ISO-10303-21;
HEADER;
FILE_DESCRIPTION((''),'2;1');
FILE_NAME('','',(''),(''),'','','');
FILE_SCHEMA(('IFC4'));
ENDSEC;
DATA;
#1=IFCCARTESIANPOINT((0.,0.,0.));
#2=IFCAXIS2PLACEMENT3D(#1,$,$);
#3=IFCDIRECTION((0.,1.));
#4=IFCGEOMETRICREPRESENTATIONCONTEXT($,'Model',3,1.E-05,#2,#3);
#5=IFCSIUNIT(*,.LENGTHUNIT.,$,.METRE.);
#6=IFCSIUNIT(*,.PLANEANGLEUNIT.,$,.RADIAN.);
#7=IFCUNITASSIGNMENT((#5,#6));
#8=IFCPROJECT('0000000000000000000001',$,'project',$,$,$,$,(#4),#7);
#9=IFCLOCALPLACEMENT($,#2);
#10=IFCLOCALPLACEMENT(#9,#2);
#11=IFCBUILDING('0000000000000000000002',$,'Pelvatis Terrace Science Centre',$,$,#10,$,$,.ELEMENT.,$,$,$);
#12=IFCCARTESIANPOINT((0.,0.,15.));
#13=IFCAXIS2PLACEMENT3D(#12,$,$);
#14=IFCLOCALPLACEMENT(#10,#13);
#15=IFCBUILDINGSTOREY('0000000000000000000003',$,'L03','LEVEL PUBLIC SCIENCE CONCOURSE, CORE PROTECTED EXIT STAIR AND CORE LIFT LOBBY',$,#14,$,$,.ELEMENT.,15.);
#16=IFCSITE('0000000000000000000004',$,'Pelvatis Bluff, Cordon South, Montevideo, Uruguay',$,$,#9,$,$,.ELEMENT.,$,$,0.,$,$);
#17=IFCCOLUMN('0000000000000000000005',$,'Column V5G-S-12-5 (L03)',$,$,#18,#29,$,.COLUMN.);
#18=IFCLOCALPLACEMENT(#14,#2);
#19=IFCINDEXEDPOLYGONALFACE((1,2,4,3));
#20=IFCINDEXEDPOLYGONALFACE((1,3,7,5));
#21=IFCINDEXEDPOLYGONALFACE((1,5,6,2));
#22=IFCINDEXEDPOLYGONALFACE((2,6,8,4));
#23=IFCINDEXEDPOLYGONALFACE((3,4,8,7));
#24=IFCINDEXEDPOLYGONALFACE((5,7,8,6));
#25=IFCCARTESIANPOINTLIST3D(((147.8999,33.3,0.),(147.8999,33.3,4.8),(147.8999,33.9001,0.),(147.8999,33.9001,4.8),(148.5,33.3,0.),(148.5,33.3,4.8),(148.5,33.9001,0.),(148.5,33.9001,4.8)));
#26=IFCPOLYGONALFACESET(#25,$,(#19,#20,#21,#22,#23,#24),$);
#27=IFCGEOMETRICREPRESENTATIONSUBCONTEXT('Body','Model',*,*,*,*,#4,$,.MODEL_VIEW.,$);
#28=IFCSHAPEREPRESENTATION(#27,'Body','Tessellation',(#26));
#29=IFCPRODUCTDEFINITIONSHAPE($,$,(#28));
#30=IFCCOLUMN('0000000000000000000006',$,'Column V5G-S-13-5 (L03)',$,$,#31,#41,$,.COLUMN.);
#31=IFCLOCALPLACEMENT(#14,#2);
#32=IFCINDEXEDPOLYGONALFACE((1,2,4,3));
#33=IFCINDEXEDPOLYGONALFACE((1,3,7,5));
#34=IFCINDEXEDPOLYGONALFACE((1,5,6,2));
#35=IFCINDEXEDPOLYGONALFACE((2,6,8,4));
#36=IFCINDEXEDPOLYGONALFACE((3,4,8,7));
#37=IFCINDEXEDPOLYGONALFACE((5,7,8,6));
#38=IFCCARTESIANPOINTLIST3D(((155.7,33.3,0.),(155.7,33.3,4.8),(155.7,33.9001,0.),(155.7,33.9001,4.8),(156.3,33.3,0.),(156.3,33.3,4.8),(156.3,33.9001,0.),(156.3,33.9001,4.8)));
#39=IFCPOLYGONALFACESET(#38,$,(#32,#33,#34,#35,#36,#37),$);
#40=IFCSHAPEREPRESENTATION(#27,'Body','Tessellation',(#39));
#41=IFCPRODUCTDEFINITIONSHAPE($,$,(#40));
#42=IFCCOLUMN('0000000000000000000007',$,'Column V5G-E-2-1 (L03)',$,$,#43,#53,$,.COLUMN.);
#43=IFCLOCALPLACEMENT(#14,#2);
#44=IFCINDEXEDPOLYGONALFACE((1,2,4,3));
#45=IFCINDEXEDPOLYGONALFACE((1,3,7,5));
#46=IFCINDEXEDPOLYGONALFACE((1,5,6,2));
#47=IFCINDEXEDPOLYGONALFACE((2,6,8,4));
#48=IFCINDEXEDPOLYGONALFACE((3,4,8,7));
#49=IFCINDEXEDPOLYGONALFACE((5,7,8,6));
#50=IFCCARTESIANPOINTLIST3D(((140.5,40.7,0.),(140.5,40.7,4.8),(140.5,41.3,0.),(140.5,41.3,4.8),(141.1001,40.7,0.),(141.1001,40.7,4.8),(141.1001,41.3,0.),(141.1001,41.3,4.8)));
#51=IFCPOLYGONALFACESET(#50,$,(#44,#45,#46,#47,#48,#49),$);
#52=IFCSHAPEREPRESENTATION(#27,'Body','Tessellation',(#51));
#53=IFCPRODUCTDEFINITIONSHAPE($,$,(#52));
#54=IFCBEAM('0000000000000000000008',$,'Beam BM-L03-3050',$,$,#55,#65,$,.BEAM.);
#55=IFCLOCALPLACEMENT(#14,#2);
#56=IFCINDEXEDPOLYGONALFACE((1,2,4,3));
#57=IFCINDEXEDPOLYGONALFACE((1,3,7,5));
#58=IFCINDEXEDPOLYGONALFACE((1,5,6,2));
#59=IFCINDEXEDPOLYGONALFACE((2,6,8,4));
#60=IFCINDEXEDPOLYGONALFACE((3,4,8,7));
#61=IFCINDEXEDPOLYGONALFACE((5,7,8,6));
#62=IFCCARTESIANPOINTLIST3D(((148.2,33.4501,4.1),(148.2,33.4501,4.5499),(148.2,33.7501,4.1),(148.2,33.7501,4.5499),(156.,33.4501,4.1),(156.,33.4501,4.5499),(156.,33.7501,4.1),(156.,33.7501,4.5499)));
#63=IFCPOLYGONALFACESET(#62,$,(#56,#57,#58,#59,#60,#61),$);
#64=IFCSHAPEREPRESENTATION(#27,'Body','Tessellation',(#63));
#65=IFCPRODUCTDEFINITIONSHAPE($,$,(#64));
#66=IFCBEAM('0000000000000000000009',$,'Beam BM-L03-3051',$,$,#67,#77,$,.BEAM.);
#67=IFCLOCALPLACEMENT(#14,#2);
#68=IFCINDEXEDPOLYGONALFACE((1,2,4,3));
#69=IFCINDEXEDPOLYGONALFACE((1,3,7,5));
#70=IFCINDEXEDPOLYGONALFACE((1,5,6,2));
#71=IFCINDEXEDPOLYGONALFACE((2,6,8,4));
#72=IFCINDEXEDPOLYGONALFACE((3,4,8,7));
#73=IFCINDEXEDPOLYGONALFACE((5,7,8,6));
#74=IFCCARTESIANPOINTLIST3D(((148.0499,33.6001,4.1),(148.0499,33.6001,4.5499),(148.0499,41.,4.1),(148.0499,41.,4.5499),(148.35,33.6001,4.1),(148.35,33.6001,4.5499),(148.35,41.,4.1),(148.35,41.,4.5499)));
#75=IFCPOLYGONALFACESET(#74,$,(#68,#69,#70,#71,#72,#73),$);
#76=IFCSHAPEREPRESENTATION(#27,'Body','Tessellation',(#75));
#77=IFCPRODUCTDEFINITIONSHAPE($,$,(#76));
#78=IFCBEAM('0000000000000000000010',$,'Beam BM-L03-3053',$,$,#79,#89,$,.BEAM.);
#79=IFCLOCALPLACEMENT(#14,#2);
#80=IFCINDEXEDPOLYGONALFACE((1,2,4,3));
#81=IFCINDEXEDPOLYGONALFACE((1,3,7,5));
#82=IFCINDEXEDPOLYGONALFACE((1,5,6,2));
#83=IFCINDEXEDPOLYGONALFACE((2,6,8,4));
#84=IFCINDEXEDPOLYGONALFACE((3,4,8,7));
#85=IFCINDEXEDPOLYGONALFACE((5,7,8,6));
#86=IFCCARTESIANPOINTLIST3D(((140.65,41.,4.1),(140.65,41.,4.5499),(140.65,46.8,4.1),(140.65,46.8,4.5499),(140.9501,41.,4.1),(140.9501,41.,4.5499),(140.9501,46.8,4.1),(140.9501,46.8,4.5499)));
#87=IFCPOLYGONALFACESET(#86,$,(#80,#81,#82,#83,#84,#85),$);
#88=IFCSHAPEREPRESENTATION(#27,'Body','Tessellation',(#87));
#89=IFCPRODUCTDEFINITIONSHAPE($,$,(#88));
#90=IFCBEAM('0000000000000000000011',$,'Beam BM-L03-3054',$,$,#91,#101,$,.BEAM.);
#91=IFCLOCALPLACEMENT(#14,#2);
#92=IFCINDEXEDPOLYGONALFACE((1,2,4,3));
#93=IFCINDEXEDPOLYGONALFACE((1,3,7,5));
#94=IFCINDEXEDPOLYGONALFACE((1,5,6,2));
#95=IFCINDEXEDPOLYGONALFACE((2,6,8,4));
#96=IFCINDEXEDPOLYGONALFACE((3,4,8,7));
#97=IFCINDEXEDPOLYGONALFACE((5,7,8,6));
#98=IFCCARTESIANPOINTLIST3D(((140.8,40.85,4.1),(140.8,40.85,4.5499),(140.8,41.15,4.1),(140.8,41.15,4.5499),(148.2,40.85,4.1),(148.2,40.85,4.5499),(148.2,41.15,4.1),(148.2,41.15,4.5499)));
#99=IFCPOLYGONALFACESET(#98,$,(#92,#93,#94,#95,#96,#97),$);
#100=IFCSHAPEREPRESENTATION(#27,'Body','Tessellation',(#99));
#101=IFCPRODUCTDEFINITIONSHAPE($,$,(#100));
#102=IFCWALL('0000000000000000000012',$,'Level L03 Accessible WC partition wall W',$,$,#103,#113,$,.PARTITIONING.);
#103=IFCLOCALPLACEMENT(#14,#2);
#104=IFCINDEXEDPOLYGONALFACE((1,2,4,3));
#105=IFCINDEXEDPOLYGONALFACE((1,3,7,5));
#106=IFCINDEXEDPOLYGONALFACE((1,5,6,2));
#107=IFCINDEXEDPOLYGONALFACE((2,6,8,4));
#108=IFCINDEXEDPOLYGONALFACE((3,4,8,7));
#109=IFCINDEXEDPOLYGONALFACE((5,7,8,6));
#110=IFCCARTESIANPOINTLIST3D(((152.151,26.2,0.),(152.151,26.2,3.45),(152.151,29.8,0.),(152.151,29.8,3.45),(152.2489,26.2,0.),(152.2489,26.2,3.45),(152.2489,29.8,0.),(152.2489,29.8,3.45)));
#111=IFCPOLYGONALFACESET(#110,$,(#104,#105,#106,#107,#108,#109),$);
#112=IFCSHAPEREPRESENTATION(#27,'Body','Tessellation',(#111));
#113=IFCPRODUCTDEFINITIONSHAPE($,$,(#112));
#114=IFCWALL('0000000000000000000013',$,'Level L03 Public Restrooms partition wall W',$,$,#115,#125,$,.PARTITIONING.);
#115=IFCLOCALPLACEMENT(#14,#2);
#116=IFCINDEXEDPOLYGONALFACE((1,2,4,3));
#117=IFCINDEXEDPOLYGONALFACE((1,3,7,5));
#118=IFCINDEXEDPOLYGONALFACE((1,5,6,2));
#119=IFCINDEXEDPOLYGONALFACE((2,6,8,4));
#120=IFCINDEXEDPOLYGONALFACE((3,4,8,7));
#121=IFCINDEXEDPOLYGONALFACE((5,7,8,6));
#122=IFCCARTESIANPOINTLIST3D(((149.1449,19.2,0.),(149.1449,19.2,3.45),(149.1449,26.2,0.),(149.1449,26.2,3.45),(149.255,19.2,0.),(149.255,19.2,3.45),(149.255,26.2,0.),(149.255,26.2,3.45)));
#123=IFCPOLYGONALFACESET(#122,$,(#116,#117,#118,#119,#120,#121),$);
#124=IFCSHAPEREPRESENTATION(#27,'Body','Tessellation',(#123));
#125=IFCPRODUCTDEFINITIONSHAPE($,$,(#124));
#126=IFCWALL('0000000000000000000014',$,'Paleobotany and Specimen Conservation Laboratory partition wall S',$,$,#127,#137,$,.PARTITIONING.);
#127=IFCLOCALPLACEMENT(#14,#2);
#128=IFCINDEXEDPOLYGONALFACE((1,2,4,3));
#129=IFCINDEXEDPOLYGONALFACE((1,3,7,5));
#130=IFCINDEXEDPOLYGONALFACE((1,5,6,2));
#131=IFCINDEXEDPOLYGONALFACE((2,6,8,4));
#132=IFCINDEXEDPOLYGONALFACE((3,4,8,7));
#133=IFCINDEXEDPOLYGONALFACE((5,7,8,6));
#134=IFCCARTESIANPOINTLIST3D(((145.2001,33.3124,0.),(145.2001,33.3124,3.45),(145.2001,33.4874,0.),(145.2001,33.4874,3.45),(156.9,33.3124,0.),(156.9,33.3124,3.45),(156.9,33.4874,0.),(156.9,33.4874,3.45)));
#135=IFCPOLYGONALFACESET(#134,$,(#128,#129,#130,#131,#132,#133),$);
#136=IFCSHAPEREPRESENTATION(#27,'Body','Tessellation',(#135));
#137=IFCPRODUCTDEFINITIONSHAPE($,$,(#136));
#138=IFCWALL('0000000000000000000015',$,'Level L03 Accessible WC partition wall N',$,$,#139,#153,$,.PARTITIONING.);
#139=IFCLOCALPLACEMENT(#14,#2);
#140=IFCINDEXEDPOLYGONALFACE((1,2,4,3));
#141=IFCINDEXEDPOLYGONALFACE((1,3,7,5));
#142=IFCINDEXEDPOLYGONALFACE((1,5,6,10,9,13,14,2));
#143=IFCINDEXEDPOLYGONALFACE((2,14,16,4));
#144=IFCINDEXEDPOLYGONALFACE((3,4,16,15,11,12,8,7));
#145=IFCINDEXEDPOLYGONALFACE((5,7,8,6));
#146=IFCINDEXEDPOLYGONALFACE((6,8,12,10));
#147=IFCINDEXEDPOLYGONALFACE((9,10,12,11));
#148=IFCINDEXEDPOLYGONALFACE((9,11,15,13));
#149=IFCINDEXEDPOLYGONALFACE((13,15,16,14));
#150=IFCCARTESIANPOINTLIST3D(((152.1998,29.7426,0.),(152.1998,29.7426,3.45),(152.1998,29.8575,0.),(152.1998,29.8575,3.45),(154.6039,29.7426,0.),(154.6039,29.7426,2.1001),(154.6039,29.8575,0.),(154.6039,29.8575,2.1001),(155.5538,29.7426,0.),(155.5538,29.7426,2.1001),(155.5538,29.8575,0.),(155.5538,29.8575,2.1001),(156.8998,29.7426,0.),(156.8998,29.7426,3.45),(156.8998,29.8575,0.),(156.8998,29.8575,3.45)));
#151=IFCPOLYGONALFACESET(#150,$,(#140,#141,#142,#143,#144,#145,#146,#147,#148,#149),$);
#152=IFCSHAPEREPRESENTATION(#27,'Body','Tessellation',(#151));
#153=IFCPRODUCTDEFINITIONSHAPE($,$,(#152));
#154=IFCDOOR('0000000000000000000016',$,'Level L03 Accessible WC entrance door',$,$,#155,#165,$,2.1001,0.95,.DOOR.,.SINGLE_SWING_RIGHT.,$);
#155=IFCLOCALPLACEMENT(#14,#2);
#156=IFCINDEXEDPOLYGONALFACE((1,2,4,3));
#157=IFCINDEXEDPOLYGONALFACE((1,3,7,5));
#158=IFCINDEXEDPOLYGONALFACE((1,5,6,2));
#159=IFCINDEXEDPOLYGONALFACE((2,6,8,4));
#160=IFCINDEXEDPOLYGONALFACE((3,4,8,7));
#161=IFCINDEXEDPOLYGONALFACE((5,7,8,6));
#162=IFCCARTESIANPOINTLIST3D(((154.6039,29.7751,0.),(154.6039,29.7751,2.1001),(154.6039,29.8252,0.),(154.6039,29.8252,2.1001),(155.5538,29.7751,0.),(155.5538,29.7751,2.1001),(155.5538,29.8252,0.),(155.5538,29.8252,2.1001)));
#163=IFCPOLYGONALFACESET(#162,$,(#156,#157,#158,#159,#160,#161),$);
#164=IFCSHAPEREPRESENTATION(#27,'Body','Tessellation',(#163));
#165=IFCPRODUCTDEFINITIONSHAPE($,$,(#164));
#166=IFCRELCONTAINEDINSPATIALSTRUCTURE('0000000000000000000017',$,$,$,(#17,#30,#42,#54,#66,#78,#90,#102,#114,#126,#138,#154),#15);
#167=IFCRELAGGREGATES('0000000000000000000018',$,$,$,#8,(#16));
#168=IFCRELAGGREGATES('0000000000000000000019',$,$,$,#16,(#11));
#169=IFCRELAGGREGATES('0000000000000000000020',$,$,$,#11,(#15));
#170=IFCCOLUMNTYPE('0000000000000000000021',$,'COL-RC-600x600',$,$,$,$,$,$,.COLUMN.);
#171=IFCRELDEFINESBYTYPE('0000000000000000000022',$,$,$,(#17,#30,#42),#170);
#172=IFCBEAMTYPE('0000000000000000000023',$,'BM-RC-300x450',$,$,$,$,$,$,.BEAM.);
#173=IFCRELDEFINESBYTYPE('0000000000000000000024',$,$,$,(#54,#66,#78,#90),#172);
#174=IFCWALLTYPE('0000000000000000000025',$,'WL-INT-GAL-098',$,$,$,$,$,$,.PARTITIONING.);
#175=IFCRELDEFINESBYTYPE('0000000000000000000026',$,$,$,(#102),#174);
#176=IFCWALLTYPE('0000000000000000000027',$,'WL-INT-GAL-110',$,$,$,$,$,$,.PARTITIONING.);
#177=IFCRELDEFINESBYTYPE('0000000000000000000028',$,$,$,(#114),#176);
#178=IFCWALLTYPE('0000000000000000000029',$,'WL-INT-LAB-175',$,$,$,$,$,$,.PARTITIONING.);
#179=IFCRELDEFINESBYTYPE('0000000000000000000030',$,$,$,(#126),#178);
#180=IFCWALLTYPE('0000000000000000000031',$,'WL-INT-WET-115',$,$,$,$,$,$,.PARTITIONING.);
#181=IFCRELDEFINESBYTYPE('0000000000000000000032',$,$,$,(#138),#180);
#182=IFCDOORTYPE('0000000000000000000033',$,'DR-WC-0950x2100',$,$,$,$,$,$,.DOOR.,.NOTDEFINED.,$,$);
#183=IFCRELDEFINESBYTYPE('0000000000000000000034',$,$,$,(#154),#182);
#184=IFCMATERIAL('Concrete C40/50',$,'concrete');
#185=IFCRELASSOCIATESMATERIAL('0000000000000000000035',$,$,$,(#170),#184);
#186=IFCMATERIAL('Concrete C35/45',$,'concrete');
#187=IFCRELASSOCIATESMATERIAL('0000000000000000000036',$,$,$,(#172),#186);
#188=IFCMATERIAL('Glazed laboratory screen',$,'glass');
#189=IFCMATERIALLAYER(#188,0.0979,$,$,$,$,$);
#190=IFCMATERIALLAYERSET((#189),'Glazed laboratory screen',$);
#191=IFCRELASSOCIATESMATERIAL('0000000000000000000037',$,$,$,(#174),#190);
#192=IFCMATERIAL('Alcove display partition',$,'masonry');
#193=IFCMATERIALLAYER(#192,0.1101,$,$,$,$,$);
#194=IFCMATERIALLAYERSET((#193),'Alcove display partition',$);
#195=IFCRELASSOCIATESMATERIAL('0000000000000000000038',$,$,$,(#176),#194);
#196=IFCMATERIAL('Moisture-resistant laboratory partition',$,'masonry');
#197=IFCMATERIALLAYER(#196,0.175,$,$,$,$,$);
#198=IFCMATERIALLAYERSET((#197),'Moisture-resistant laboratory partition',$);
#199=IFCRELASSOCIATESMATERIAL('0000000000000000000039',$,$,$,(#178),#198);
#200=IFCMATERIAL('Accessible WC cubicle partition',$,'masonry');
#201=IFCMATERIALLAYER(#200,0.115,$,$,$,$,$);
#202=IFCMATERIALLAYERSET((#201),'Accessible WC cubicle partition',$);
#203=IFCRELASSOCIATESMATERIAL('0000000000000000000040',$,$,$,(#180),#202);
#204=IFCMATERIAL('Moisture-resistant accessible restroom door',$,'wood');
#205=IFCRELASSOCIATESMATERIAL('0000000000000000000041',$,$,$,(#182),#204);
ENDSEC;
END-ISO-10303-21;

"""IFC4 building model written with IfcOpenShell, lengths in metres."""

from ifc_helpers import new_model, si_unit, direction, frame, frame_2d, origin, origin_2d, place, context, subcontext, project, spatial, rectangle, extrude, material, layer, layer_set, material_profile, profile_set, type_object, element, fill, save


model = new_model("IFC4")

# Units and contexts
model_context = context("Model", 3, precision=1e-05, world=origin(), true_north=direction((0.0, 1.0)))
body_context = subcontext(model_context, "Body", "Model", "MODEL_VIEW")
ifc_project = project(units=[si_unit("LENGTHUNIT", "METRE"), si_unit("PLANEANGLEUNIT", "RADIAN")], contexts=[model_context])

# Site, building, storey
site_placement = place(None, origin())
site = spatial("IfcSite", under=ifc_project, at=site_placement, Name="Pelvatis Bluff, Cordon South, Montevideo, Uruguay", CompositionType="ELEMENT", RefElevation=0.0)
building_placement = place(site_placement, origin())
building = spatial("IfcBuilding", under=site, at=building_placement, Name="Pelvatis Terrace Science Centre", CompositionType="ELEMENT")
storey_placement = place(building_placement, frame((0.0, 0.0, 15.0)))
storey = spatial("IfcBuildingStorey", under=building, at=storey_placement, Name="L03", Description="LEVEL PUBLIC SCIENCE CONCOURSE, CORE PROTECTED EXIT STAIR AND CORE LIFT LOBBY", CompositionType="ELEMENT", Elevation=15.0)

# Columns
ifc_material_1 = material(Name="Concrete C40/50", Category="concrete")
ifc_material_profile_1 = material_profile(ifc_material_1, rectangle(XDim=0.6001, YDim=0.6001, at=origin_2d()), Name="RC-COL 600x600")
ifc_profile_set_1 = profile_set([ifc_material_profile_1], Name="Concrete C40/50")
column_type = type_object("IfcColumnType", Name="COL-RC-600x600", PredefinedType="COLUMN", material=ifc_profile_set_1)
for number, where, z_axis, x_axis, name in (
    (1, (148.2, 33.6001, 0.0), (0.0, 0.0, 1.0), (1.0, 0.0, 0.0), "Column V5G-S-12-5 (L03)"),
    (2, (156.0, 33.6001, 0.0), (0.0, 0.0, 1.0), (1.0, 0.0, 0.0), "Column V5G-S-13-5 (L03)"),
    (3, (140.8, 41.0, 0.0), (0.0, 0.0, 1.0), (1.0, 0.0, 0.0), "Column V5G-E-2-1 (L03)"),
):
    element("IfcColumn", number, at=place(storey_placement, frame(where, z_axis=z_axis, x_axis=x_axis)), inside=storey, type_object=column_type, Name=name, PredefinedType="COLUMN", context=body_context, shape_type="SweptSolid", body=[
        extrude(rectangle(XDim=0.6001, YDim=0.6001, at=origin_2d()), origin(), (0.0, 0.0, 1.0), 4.8),
    ])

# Beams
ifc_material_2 = material(Name="Concrete C35/45", Category="concrete")
ifc_material_profile_2 = material_profile(ifc_material_2, rectangle(XDim=0.3, YDim=0.45, at=origin_2d()), Name="RC-BM 300x450")
ifc_profile_set_2 = profile_set([ifc_material_profile_2], Name="Concrete C35/45")
beam_type = type_object("IfcBeamType", Name="BM-RC-300x450", PredefinedType="BEAM", material=ifc_profile_set_2)
beam_1_placement = place(storey_placement, frame((148.2, 33.6001, 4.325), z_axis=(1.0, 0.0, 0.0), x_axis=(0.0, 1.0, 0.0)))
element("IfcBeam", 4, at=beam_1_placement, inside=storey, type_object=beam_type, Name="Beam BM-L03-3050", PredefinedType="BEAM", context=body_context, shape_type="SweptSolid", body=[
    extrude(rectangle(XDim=0.3, YDim=0.45, at=origin_2d()), origin(), (0.0, 0.0, 1.0), 7.8),
])
beam_2_placement = place(storey_placement, frame((148.2, 33.6001, 4.325), z_axis=(0.0, 1.0, 0.0), x_axis=(-1.0, 0.0, 0.0)))
element("IfcBeam", 5, at=beam_2_placement, inside=storey, type_object=beam_type, Name="Beam BM-L03-3051", PredefinedType="BEAM", context=body_context, shape_type="SweptSolid", body=[
    extrude(rectangle(XDim=0.3, YDim=0.45, at=origin_2d()), origin(), (0.0, 0.0, 1.0), 7.3999),
])
beam_3_placement = place(storey_placement, frame((140.8, 41.0, 4.325), z_axis=(0.0, 1.0, 0.0), x_axis=(-1.0, 0.0, 0.0)))
element("IfcBeam", 6, at=beam_3_placement, inside=storey, type_object=beam_type, Name="Beam BM-L03-3053", PredefinedType="BEAM", context=body_context, shape_type="SweptSolid", body=[
    extrude(rectangle(XDim=0.3, YDim=0.45, at=origin_2d()), origin(), (0.0, 0.0, 1.0), 5.8),
])
beam_4_placement = place(storey_placement, frame((140.8, 41.0, 4.325), z_axis=(1.0, 0.0, 0.0), x_axis=(0.0, 1.0, 0.0)))
element("IfcBeam", 7, at=beam_4_placement, inside=storey, type_object=beam_type, Name="Beam BM-L03-3054", PredefinedType="BEAM", context=body_context, shape_type="SweptSolid", body=[
    extrude(rectangle(XDim=0.3, YDim=0.45, at=origin_2d()), origin(), (0.0, 0.0, 1.0), 7.3999),
])

# Walls
ifc_material_3 = material(Name="Glazed laboratory screen", Category="glass")
ifc_layer_1 = layer(ifc_material_3, 0.0979)
ifc_layer_set_1 = layer_set([ifc_layer_1], Name="Glazed laboratory screen")
wall_type_1 = type_object("IfcWallType", Name="WL-INT-GAL-098", PredefinedType="PARTITIONING", material=ifc_layer_set_1)
wall_1_placement = place(storey_placement, frame((152.2, 29.8, 0.0), z_axis=(0.0, 0.0, 1.0), x_axis=(0.0, -1.0, 0.0)))
element("IfcWall", 8, at=wall_1_placement, inside=storey, type_object=wall_type_1, Name="Level L03 Accessible WC partition wall W", PredefinedType="PARTITIONING", context=body_context, shape_type="SweptSolid", body=[
    extrude(rectangle(XDim=3.6001, YDim=0.0979, at=frame_2d((1.8, 0.0))), origin(), (0.0, 0.0, 1.0), 3.45),
])
ifc_material_4 = material(Name="Alcove display partition", Category="masonry")
ifc_layer_2 = layer(ifc_material_4, 0.1101)
ifc_layer_set_2 = layer_set([ifc_layer_2], Name="Alcove display partition")
wall_type_2 = type_object("IfcWallType", Name="WL-INT-GAL-110", PredefinedType="PARTITIONING", material=ifc_layer_set_2)
wall_2_placement = place(storey_placement, frame((149.2, 26.2, 0.0), z_axis=(0.0, 0.0, 1.0), x_axis=(0.0, -1.0, 0.0)))
element("IfcWall", 9, at=wall_2_placement, inside=storey, type_object=wall_type_2, Name="Level L03 Public Restrooms partition wall W", PredefinedType="PARTITIONING", context=body_context, shape_type="SweptSolid", body=[
    extrude(rectangle(XDim=7.0, YDim=0.1101, at=frame_2d((3.5, 0.0))), origin(), (0.0, 0.0, 1.0), 3.45),
])
ifc_material_5 = material(Name="Moisture-resistant laboratory partition", Category="masonry")
ifc_layer_3 = layer(ifc_material_5, 0.175)
ifc_layer_set_3 = layer_set([ifc_layer_3], Name="Moisture-resistant laboratory partition")
wall_type_3 = type_object("IfcWallType", Name="WL-INT-LAB-175", PredefinedType="PARTITIONING", material=ifc_layer_set_3)
wall_3_placement = place(storey_placement, frame((145.2, 33.3999, 0.0), z_axis=(0.0, 0.0, 1.0), x_axis=(1.0, 0.0, 0.0)))
element("IfcWall", 10, at=wall_3_placement, inside=storey, type_object=wall_type_3, Name="Paleobotany and Specimen Conservation Laboratory partition wall S", PredefinedType="PARTITIONING", context=body_context, shape_type="SweptSolid", body=[
    extrude(rectangle(XDim=11.7, YDim=0.175, at=frame_2d((5.8501, 0.0))), origin(), (0.0, 0.0, 1.0), 3.45),
])

# Wall, opening, door
ifc_material_6 = material(Name="Accessible WC cubicle partition", Category="masonry")
ifc_layer_4 = layer(ifc_material_6, 0.115)
ifc_layer_set_4 = layer_set([ifc_layer_4], Name="Accessible WC cubicle partition")
wall_type_4 = type_object("IfcWallType", Name="WL-INT-WET-115", PredefinedType="PARTITIONING", material=ifc_layer_set_4)
wall_4_placement = place(storey_placement, frame((156.8999, 29.8, 0.0), z_axis=(0.0, 0.0, 1.0), x_axis=(-1.0, 0.0, 0.0)))
wall_4 = element("IfcWall", 11, at=wall_4_placement, inside=storey, type_object=wall_type_4, Name="Level L03 Accessible WC partition wall N", PredefinedType="PARTITIONING", context=body_context, shape_type="SweptSolid", body=[
    extrude(rectangle(XDim=4.7, YDim=0.115, at=frame_2d((2.3501, 0.0))), origin(), (0.0, 0.0, 1.0), 3.45),
])
opening_1_placement = place(wall_4_placement, frame((1.3459, 0.0, 0.0)))
opening_1 = element("IfcOpeningElement", 12, at=opening_1_placement, cuts=wall_4, PredefinedType="OPENING", context=body_context, shape_type="SweptSolid", body=[
    extrude(rectangle(XDim=0.95, YDim=2.1001, at=frame_2d((0.4751, 1.05))), frame((0.0, 0.0674, 0.0), z_axis=(0.0, -1.0, 0.0), x_axis=(1.0, 0.0, 0.0)), (0.0, 0.0, 1.0), 0.135),
])
ifc_material_7 = material(Name="Moisture-resistant accessible restroom door", Category="wood")
door_type_1 = type_object("IfcDoorType", Name="DR-WC-0950x2100", OperationType="NOTDEFINED", PredefinedType="DOOR", material=ifc_material_7)
door_1_placement = place(opening_1_placement, origin())
door_1 = element("IfcDoor", 13, at=door_1_placement, inside=storey, type_object=door_type_1, Name="Level L03 Accessible WC entrance door", OperationType="SINGLE_SWING_RIGHT", OverallHeight=2.1001, OverallWidth=0.95, PredefinedType="DOOR", context=body_context, shape_type="SweptSolid", body=[
    extrude(rectangle(XDim=0.95, YDim=2.1001, at=frame_2d((0.4751, 1.05))), frame((0.0, 0.0249, 0.0), z_axis=(0.0, -1.0, 0.0), x_axis=(1.0, 0.0, 0.0)), (0.0, 0.0, 1.0), 0.05),
])
fill(opening_1, door_1)

save(model, "model.ifc")
